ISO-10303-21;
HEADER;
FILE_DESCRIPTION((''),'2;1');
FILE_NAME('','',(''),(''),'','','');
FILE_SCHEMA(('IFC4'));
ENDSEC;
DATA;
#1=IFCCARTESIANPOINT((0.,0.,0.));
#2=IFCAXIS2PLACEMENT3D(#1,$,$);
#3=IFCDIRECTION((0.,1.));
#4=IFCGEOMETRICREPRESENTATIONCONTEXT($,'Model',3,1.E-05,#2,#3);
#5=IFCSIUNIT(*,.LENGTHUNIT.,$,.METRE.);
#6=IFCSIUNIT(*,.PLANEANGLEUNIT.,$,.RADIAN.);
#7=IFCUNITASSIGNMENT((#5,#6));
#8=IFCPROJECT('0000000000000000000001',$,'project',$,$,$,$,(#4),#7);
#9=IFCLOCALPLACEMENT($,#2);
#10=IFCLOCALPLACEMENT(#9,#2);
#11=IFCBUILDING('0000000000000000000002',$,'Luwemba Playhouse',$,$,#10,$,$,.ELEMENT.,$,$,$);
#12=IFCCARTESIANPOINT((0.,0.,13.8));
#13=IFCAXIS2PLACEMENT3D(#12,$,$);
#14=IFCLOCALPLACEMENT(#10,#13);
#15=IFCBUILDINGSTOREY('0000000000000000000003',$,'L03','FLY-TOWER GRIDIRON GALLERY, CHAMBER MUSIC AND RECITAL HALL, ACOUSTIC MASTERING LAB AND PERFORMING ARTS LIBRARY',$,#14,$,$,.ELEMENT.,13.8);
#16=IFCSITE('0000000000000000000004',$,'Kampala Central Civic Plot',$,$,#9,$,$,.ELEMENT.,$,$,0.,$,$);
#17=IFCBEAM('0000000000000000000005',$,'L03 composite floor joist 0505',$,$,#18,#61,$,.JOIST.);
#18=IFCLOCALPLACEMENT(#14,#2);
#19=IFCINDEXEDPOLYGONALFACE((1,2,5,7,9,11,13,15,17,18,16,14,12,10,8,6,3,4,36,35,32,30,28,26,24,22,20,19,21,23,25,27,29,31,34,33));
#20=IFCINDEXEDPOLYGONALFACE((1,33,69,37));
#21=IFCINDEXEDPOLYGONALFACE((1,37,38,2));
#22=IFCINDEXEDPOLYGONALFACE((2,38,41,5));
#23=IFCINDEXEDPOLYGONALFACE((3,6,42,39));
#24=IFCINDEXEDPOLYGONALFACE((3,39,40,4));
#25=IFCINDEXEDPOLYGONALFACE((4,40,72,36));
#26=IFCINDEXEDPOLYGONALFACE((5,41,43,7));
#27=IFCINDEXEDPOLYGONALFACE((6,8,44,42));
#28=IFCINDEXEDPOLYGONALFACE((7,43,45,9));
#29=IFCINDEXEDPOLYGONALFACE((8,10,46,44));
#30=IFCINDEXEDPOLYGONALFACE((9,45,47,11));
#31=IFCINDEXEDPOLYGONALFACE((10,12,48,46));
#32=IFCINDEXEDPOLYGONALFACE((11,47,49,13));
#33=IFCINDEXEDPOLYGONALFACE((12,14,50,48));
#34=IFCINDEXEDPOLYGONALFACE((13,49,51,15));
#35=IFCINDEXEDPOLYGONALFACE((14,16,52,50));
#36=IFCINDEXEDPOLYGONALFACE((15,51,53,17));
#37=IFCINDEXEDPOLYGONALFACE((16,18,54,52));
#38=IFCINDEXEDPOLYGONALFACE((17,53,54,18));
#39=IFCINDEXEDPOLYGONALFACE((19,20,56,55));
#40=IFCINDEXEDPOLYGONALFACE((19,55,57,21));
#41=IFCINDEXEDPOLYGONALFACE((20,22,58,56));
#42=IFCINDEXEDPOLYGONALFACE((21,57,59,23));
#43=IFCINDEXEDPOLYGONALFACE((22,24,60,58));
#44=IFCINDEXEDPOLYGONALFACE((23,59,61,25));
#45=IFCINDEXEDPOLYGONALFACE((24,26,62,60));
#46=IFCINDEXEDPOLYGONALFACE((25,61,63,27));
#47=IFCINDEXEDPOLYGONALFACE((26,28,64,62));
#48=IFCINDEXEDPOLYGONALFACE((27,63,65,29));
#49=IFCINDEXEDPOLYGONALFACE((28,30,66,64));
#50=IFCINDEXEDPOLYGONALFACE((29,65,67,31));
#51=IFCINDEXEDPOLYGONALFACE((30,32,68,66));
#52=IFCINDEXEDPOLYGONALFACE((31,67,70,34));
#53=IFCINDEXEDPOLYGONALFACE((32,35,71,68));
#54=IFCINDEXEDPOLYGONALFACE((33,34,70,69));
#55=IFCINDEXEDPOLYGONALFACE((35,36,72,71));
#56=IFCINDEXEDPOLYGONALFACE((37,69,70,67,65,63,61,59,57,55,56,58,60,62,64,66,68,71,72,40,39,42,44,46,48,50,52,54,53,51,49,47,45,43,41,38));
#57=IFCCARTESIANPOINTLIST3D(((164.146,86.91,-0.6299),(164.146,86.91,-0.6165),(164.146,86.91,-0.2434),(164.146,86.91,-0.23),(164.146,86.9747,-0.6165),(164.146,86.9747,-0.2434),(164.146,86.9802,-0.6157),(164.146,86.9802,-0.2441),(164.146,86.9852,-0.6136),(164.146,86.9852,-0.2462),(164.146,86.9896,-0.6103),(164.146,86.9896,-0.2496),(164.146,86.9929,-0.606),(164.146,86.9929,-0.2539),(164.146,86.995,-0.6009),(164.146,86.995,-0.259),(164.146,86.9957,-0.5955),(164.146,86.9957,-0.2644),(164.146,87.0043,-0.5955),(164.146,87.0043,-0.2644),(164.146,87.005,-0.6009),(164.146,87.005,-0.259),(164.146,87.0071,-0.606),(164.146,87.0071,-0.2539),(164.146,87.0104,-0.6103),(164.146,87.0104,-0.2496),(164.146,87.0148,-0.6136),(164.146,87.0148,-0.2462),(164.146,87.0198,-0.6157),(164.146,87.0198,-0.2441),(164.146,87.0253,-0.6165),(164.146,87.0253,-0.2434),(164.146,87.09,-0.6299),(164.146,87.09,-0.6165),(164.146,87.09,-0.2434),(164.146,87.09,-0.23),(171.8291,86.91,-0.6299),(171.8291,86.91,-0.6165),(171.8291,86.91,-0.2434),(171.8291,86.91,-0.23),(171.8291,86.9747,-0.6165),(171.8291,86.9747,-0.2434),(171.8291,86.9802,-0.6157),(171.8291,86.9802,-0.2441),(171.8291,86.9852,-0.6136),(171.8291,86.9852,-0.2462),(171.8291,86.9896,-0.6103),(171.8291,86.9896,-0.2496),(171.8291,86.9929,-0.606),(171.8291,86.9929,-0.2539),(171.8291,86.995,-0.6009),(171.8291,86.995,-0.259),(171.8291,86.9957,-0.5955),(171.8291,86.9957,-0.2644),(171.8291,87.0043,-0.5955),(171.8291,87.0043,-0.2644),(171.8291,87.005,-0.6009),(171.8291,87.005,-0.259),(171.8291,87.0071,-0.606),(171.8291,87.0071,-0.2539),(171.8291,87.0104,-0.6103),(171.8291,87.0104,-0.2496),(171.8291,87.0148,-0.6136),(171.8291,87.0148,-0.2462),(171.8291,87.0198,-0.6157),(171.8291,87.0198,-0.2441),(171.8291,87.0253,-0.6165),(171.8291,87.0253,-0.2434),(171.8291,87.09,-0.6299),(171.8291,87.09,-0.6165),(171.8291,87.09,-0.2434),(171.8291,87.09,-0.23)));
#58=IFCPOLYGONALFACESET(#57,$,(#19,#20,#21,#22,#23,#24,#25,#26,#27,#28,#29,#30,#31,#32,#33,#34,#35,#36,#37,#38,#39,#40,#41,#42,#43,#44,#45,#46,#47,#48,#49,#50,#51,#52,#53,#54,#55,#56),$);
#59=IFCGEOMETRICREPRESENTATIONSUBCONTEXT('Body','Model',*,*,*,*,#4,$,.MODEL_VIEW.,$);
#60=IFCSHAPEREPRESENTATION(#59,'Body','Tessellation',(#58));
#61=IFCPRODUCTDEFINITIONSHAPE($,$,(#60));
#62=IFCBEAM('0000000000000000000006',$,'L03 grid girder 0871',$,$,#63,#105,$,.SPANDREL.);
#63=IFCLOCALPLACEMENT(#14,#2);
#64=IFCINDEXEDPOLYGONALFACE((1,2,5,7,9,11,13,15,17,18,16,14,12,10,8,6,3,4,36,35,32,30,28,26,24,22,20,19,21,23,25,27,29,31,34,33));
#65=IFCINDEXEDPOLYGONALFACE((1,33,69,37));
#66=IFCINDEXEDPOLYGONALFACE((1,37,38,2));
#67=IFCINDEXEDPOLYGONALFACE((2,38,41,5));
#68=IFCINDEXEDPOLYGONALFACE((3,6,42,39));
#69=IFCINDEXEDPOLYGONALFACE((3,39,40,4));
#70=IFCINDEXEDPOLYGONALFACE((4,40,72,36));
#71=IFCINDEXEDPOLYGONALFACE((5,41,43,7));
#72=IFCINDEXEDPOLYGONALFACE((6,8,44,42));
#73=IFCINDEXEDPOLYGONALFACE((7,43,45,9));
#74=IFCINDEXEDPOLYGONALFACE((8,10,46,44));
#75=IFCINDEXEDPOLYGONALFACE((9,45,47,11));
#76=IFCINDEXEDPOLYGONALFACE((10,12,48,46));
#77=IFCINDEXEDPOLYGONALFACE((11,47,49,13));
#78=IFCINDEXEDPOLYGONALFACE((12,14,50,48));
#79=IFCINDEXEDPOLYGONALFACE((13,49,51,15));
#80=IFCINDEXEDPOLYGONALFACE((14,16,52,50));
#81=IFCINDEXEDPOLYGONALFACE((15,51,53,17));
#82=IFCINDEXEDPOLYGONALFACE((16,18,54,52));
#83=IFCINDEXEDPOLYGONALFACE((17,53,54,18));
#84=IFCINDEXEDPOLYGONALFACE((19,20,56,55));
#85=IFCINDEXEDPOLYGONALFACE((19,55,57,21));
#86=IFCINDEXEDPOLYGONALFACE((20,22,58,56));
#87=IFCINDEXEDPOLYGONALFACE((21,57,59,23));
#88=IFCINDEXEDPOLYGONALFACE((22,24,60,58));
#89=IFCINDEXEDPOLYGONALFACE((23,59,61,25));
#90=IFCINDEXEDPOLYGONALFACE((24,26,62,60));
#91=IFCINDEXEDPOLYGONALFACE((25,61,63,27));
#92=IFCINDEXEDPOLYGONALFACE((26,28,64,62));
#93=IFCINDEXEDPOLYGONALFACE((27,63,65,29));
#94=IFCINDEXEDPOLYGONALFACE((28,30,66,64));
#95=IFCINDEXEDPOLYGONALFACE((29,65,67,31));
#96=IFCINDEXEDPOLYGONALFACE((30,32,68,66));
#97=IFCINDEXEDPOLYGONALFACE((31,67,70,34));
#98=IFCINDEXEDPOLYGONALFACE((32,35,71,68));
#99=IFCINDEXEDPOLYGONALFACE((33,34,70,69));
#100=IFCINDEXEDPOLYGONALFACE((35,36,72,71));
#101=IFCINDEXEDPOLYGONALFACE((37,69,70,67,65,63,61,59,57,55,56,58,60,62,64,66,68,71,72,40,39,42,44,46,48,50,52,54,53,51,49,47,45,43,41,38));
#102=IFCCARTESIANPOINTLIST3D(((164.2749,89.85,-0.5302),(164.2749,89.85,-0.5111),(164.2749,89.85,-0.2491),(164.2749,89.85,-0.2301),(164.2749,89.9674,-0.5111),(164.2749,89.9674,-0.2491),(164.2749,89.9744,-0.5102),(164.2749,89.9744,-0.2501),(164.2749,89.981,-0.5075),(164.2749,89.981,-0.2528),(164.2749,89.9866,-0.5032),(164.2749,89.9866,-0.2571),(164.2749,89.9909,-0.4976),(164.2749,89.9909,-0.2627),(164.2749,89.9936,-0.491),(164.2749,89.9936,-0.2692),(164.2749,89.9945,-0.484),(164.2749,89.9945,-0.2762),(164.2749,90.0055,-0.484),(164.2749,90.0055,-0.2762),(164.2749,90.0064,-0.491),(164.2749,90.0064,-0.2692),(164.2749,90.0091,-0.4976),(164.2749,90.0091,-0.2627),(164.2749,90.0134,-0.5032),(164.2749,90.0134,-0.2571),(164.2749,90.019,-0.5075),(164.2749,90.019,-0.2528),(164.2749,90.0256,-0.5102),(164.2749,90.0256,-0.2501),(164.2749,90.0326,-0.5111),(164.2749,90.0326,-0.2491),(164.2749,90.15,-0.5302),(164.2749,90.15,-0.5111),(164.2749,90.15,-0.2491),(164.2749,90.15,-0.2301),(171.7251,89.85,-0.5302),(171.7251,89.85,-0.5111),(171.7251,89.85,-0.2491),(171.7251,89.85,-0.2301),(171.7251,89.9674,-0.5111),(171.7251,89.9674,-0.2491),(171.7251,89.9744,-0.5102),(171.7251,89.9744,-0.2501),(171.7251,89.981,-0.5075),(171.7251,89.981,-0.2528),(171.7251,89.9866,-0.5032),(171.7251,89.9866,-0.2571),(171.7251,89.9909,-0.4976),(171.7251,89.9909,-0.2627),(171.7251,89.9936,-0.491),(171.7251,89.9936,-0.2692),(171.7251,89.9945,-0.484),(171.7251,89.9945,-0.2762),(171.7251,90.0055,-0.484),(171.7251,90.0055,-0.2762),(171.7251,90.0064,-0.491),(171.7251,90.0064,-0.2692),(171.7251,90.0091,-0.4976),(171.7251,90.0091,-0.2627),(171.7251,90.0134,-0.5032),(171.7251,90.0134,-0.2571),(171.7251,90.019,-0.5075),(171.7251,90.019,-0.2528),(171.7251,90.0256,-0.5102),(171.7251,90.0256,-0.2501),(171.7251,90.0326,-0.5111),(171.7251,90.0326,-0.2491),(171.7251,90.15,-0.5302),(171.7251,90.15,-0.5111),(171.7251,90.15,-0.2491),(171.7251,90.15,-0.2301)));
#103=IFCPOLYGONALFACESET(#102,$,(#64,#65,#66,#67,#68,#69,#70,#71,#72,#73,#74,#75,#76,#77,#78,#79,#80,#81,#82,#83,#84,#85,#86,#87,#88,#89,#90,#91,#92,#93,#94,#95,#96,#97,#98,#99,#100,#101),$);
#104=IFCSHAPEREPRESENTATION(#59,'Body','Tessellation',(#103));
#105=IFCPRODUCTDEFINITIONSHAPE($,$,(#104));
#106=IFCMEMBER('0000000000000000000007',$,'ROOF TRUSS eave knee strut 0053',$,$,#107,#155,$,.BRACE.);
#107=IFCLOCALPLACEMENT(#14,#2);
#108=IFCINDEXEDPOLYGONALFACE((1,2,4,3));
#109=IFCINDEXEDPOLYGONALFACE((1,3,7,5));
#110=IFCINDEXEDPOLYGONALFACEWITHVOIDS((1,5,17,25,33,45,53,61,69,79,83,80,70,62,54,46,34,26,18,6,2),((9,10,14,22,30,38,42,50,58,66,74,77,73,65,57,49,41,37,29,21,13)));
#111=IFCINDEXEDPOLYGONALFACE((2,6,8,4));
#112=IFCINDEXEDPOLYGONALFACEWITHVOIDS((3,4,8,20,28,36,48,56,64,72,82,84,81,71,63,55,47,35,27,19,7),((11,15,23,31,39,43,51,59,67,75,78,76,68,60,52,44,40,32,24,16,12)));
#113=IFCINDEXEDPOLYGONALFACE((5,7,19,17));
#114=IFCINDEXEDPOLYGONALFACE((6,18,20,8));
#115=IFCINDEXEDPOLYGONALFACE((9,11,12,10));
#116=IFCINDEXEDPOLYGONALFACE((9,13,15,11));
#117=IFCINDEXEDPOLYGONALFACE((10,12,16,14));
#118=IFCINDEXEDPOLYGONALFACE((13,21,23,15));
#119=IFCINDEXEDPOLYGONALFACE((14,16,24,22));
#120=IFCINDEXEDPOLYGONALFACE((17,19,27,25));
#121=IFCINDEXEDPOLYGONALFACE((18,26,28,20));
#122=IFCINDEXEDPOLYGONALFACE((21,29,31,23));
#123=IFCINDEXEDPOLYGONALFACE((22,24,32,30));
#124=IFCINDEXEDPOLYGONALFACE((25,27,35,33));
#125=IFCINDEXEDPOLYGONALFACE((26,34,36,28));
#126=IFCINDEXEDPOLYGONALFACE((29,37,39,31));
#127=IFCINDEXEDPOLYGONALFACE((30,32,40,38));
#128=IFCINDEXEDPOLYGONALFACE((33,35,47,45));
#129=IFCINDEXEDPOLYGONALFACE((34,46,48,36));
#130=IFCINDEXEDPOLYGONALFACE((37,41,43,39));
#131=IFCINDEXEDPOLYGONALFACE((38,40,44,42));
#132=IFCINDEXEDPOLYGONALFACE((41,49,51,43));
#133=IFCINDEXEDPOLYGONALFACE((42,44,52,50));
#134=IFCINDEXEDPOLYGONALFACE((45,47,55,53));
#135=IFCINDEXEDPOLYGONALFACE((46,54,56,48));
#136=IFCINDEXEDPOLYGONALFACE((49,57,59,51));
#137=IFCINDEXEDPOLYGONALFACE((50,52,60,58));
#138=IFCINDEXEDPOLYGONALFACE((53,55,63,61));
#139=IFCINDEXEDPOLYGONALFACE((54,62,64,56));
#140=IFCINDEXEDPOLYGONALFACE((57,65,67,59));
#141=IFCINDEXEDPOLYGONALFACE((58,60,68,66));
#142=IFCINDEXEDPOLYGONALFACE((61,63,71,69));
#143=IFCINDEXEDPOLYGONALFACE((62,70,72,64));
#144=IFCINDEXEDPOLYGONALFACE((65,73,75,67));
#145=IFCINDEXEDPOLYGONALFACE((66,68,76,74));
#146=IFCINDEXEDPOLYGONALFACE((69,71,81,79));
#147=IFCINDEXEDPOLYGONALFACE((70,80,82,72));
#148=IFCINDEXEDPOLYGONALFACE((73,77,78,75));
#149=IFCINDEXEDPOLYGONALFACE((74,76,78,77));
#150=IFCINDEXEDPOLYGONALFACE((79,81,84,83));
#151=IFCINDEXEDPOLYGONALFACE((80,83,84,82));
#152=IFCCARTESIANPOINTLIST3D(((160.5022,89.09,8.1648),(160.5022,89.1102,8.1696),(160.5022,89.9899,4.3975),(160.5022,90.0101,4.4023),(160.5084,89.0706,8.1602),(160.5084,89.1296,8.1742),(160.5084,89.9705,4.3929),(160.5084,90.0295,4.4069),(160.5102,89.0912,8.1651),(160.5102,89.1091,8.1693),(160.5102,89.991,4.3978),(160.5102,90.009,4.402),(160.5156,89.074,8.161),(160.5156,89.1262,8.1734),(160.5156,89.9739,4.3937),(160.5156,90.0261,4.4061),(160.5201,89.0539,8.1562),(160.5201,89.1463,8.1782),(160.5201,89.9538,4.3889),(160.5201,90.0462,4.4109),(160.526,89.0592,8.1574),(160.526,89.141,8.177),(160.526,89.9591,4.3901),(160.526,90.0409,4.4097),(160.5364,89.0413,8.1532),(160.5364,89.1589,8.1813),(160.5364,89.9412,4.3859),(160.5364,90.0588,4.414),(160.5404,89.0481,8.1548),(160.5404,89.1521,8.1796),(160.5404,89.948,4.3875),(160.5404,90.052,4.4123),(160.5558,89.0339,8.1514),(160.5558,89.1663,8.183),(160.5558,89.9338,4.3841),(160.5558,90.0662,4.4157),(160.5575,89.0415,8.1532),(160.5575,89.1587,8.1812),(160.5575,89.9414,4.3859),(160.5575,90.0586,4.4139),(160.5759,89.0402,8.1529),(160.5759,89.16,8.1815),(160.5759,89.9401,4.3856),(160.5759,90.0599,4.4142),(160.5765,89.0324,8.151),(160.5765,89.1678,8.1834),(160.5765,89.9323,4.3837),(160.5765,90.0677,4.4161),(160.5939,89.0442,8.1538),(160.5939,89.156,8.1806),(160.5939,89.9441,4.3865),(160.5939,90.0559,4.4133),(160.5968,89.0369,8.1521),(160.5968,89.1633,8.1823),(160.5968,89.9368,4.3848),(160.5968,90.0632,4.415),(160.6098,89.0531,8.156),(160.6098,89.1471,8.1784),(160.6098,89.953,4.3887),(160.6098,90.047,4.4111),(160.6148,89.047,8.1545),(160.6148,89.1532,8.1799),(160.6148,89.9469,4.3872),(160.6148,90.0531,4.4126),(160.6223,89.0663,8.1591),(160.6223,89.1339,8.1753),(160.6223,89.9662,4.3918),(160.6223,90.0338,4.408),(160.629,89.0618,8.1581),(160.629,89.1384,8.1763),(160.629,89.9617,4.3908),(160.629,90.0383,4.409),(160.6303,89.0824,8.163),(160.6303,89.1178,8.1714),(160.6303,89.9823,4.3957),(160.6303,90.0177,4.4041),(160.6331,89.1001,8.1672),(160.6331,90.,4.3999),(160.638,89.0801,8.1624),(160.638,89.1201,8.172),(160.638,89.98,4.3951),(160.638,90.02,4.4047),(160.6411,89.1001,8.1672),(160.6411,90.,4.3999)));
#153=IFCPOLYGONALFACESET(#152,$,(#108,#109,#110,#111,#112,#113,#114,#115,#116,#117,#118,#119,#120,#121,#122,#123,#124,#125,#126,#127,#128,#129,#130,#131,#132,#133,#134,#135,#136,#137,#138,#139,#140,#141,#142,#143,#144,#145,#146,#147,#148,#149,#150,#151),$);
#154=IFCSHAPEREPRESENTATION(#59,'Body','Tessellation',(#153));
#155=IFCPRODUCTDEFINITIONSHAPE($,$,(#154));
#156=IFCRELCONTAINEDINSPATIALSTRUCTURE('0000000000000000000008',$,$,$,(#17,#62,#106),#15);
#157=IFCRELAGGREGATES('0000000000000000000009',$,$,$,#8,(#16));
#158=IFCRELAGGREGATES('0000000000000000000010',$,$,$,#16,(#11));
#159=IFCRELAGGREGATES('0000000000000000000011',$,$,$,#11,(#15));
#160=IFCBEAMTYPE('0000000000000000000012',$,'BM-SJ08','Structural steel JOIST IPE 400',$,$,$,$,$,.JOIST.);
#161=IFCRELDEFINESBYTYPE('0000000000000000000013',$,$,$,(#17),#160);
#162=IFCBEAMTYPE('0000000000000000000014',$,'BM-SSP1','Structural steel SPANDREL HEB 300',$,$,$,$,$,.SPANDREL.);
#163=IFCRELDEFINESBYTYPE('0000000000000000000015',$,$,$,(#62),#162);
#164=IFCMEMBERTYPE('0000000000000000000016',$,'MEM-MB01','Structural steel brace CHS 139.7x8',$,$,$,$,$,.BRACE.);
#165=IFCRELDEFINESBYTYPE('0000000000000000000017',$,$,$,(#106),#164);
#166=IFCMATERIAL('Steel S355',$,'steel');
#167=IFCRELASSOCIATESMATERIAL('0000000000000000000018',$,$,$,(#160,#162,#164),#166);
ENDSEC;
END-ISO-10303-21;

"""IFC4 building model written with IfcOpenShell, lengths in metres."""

from ifc_helpers import new_model, si_unit, direction, frame, origin, origin_2d, place, context, subcontext, project, spatial, hollow_circle, i_section, extrude, material, material_profile, profile_set, type_object, element, save


model = new_model("IFC4")

# Units and contexts
model_context = context("Model", 3, precision=1e-05, world=origin(), true_north=direction((0.0, 1.0)))
body_context = subcontext(model_context, "Body", "Model", "MODEL_VIEW")
ifc_project = project(units=[si_unit("LENGTHUNIT", "METRE"), si_unit("PLANEANGLEUNIT", "RADIAN")], contexts=[model_context])

# Site, building, storey
site_placement = place(None, origin())
site = spatial("IfcSite", under=ifc_project, at=site_placement, Name="Kampala Central Civic Plot", CompositionType="ELEMENT", RefElevation=0.0)
building_placement = place(site_placement, origin())
building = spatial("IfcBuilding", under=site, at=building_placement, Name="Luwemba Playhouse", CompositionType="ELEMENT")
storey_placement = place(building_placement, frame((0.0, 0.0, 13.8)))
storey = spatial("IfcBuildingStorey", under=building, at=storey_placement, Name="L03", Description="FLY-TOWER GRIDIRON GALLERY, CHAMBER MUSIC AND RECITAL HALL, ACOUSTIC MASTERING LAB AND PERFORMING ARTS LIBRARY", CompositionType="ELEMENT", Elevation=13.8)

# Beams
ifc_material_1 = material(Name="Steel S355", Category="steel")
ifc_material_profile_1 = material_profile(ifc_material_1, i_section(OverallWidth=0.1799, OverallDepth=0.3999, WebThickness=0.0085, FlangeThickness=0.0134, FilletRadius=0.021, at=origin_2d()))
ifc_profile_set_1 = profile_set([ifc_material_profile_1], Name="Steel S355")
beam_type_1 = type_object("IfcBeamType", Name="BM-SJ08", Description="Structural steel JOIST IPE 400", PredefinedType="JOIST", material=ifc_profile_set_1)
beam_1_placement = place(storey_placement, frame((164.146, 87.0, -0.4299), z_axis=(1.0, 0.0, 0.0), x_axis=(0.0, 1.0, 0.0)))
element("IfcBeam", 1, at=beam_1_placement, inside=storey, type_object=beam_type_1, Name="L03 composite floor joist 0505", PredefinedType="JOIST", context=body_context, shape_type="SweptSolid", body=[
    extrude(i_section(OverallWidth=0.1799, OverallDepth=0.3999, WebThickness=0.0085, FlangeThickness=0.0134, FilletRadius=0.021, at=origin_2d()), origin(), (0.0, 0.0, 1.0), 7.6831),
])
ifc_material_profile_2 = material_profile(ifc_material_1, i_section(OverallWidth=0.3, OverallDepth=0.3, WebThickness=0.011, FlangeThickness=0.019, FilletRadius=0.0271, at=origin_2d()))
ifc_profile_set_2 = profile_set([ifc_material_profile_2], Name="Steel S355")
beam_type_2 = type_object("IfcBeamType", Name="BM-SSP1", Description="Structural steel SPANDREL HEB 300", PredefinedType="SPANDREL", material=ifc_profile_set_2)
beam_2_placement = place(storey_placement, frame((164.2749, 90.0, -0.3801), z_axis=(1.0, 0.0, 0.0), x_axis=(0.0, 1.0, 0.0)))
element("IfcBeam", 2, at=beam_2_placement, inside=storey, type_object=beam_type_2, Name="L03 grid girder 0871", PredefinedType="SPANDREL", context=body_context, shape_type="SweptSolid", body=[
    extrude(i_section(OverallWidth=0.3, OverallDepth=0.3, WebThickness=0.011, FlangeThickness=0.019, FilletRadius=0.0271, at=origin_2d()), origin(), (0.0, 0.0, 1.0), 7.4502),
])

# Member
ifc_material_profile_3 = material_profile(ifc_material_1, hollow_circle(Radius=0.0698, WallThickness=0.0081, at=origin_2d()))
ifc_profile_set_3 = profile_set([ifc_material_profile_3], Name="Steel S355")
member_type_1 = type_object("IfcMemberType", Name="MEM-MB01", Description="Structural steel brace CHS 139.7x8", PredefinedType="BRACE", material=ifc_profile_set_3)
member_1_placement = place(storey_placement, frame((160.5713, 90.0, 4.3999), z_axis=(0.0, -0.232333, 0.972636), x_axis=(1.0, 0.0, 0.0)))
element("IfcMember", 3, at=member_1_placement, inside=storey, type_object=member_type_1, Name="ROOF TRUSS eave knee strut 0053", PredefinedType="BRACE", context=body_context, shape_type="SweptSolid", body=[
    extrude(hollow_circle(Radius=0.0698, WallThickness=0.0081, at=origin_2d()), origin(), (0.0, 0.0, 1.0), 3.8733),
])

save(model, "model.ifc")
